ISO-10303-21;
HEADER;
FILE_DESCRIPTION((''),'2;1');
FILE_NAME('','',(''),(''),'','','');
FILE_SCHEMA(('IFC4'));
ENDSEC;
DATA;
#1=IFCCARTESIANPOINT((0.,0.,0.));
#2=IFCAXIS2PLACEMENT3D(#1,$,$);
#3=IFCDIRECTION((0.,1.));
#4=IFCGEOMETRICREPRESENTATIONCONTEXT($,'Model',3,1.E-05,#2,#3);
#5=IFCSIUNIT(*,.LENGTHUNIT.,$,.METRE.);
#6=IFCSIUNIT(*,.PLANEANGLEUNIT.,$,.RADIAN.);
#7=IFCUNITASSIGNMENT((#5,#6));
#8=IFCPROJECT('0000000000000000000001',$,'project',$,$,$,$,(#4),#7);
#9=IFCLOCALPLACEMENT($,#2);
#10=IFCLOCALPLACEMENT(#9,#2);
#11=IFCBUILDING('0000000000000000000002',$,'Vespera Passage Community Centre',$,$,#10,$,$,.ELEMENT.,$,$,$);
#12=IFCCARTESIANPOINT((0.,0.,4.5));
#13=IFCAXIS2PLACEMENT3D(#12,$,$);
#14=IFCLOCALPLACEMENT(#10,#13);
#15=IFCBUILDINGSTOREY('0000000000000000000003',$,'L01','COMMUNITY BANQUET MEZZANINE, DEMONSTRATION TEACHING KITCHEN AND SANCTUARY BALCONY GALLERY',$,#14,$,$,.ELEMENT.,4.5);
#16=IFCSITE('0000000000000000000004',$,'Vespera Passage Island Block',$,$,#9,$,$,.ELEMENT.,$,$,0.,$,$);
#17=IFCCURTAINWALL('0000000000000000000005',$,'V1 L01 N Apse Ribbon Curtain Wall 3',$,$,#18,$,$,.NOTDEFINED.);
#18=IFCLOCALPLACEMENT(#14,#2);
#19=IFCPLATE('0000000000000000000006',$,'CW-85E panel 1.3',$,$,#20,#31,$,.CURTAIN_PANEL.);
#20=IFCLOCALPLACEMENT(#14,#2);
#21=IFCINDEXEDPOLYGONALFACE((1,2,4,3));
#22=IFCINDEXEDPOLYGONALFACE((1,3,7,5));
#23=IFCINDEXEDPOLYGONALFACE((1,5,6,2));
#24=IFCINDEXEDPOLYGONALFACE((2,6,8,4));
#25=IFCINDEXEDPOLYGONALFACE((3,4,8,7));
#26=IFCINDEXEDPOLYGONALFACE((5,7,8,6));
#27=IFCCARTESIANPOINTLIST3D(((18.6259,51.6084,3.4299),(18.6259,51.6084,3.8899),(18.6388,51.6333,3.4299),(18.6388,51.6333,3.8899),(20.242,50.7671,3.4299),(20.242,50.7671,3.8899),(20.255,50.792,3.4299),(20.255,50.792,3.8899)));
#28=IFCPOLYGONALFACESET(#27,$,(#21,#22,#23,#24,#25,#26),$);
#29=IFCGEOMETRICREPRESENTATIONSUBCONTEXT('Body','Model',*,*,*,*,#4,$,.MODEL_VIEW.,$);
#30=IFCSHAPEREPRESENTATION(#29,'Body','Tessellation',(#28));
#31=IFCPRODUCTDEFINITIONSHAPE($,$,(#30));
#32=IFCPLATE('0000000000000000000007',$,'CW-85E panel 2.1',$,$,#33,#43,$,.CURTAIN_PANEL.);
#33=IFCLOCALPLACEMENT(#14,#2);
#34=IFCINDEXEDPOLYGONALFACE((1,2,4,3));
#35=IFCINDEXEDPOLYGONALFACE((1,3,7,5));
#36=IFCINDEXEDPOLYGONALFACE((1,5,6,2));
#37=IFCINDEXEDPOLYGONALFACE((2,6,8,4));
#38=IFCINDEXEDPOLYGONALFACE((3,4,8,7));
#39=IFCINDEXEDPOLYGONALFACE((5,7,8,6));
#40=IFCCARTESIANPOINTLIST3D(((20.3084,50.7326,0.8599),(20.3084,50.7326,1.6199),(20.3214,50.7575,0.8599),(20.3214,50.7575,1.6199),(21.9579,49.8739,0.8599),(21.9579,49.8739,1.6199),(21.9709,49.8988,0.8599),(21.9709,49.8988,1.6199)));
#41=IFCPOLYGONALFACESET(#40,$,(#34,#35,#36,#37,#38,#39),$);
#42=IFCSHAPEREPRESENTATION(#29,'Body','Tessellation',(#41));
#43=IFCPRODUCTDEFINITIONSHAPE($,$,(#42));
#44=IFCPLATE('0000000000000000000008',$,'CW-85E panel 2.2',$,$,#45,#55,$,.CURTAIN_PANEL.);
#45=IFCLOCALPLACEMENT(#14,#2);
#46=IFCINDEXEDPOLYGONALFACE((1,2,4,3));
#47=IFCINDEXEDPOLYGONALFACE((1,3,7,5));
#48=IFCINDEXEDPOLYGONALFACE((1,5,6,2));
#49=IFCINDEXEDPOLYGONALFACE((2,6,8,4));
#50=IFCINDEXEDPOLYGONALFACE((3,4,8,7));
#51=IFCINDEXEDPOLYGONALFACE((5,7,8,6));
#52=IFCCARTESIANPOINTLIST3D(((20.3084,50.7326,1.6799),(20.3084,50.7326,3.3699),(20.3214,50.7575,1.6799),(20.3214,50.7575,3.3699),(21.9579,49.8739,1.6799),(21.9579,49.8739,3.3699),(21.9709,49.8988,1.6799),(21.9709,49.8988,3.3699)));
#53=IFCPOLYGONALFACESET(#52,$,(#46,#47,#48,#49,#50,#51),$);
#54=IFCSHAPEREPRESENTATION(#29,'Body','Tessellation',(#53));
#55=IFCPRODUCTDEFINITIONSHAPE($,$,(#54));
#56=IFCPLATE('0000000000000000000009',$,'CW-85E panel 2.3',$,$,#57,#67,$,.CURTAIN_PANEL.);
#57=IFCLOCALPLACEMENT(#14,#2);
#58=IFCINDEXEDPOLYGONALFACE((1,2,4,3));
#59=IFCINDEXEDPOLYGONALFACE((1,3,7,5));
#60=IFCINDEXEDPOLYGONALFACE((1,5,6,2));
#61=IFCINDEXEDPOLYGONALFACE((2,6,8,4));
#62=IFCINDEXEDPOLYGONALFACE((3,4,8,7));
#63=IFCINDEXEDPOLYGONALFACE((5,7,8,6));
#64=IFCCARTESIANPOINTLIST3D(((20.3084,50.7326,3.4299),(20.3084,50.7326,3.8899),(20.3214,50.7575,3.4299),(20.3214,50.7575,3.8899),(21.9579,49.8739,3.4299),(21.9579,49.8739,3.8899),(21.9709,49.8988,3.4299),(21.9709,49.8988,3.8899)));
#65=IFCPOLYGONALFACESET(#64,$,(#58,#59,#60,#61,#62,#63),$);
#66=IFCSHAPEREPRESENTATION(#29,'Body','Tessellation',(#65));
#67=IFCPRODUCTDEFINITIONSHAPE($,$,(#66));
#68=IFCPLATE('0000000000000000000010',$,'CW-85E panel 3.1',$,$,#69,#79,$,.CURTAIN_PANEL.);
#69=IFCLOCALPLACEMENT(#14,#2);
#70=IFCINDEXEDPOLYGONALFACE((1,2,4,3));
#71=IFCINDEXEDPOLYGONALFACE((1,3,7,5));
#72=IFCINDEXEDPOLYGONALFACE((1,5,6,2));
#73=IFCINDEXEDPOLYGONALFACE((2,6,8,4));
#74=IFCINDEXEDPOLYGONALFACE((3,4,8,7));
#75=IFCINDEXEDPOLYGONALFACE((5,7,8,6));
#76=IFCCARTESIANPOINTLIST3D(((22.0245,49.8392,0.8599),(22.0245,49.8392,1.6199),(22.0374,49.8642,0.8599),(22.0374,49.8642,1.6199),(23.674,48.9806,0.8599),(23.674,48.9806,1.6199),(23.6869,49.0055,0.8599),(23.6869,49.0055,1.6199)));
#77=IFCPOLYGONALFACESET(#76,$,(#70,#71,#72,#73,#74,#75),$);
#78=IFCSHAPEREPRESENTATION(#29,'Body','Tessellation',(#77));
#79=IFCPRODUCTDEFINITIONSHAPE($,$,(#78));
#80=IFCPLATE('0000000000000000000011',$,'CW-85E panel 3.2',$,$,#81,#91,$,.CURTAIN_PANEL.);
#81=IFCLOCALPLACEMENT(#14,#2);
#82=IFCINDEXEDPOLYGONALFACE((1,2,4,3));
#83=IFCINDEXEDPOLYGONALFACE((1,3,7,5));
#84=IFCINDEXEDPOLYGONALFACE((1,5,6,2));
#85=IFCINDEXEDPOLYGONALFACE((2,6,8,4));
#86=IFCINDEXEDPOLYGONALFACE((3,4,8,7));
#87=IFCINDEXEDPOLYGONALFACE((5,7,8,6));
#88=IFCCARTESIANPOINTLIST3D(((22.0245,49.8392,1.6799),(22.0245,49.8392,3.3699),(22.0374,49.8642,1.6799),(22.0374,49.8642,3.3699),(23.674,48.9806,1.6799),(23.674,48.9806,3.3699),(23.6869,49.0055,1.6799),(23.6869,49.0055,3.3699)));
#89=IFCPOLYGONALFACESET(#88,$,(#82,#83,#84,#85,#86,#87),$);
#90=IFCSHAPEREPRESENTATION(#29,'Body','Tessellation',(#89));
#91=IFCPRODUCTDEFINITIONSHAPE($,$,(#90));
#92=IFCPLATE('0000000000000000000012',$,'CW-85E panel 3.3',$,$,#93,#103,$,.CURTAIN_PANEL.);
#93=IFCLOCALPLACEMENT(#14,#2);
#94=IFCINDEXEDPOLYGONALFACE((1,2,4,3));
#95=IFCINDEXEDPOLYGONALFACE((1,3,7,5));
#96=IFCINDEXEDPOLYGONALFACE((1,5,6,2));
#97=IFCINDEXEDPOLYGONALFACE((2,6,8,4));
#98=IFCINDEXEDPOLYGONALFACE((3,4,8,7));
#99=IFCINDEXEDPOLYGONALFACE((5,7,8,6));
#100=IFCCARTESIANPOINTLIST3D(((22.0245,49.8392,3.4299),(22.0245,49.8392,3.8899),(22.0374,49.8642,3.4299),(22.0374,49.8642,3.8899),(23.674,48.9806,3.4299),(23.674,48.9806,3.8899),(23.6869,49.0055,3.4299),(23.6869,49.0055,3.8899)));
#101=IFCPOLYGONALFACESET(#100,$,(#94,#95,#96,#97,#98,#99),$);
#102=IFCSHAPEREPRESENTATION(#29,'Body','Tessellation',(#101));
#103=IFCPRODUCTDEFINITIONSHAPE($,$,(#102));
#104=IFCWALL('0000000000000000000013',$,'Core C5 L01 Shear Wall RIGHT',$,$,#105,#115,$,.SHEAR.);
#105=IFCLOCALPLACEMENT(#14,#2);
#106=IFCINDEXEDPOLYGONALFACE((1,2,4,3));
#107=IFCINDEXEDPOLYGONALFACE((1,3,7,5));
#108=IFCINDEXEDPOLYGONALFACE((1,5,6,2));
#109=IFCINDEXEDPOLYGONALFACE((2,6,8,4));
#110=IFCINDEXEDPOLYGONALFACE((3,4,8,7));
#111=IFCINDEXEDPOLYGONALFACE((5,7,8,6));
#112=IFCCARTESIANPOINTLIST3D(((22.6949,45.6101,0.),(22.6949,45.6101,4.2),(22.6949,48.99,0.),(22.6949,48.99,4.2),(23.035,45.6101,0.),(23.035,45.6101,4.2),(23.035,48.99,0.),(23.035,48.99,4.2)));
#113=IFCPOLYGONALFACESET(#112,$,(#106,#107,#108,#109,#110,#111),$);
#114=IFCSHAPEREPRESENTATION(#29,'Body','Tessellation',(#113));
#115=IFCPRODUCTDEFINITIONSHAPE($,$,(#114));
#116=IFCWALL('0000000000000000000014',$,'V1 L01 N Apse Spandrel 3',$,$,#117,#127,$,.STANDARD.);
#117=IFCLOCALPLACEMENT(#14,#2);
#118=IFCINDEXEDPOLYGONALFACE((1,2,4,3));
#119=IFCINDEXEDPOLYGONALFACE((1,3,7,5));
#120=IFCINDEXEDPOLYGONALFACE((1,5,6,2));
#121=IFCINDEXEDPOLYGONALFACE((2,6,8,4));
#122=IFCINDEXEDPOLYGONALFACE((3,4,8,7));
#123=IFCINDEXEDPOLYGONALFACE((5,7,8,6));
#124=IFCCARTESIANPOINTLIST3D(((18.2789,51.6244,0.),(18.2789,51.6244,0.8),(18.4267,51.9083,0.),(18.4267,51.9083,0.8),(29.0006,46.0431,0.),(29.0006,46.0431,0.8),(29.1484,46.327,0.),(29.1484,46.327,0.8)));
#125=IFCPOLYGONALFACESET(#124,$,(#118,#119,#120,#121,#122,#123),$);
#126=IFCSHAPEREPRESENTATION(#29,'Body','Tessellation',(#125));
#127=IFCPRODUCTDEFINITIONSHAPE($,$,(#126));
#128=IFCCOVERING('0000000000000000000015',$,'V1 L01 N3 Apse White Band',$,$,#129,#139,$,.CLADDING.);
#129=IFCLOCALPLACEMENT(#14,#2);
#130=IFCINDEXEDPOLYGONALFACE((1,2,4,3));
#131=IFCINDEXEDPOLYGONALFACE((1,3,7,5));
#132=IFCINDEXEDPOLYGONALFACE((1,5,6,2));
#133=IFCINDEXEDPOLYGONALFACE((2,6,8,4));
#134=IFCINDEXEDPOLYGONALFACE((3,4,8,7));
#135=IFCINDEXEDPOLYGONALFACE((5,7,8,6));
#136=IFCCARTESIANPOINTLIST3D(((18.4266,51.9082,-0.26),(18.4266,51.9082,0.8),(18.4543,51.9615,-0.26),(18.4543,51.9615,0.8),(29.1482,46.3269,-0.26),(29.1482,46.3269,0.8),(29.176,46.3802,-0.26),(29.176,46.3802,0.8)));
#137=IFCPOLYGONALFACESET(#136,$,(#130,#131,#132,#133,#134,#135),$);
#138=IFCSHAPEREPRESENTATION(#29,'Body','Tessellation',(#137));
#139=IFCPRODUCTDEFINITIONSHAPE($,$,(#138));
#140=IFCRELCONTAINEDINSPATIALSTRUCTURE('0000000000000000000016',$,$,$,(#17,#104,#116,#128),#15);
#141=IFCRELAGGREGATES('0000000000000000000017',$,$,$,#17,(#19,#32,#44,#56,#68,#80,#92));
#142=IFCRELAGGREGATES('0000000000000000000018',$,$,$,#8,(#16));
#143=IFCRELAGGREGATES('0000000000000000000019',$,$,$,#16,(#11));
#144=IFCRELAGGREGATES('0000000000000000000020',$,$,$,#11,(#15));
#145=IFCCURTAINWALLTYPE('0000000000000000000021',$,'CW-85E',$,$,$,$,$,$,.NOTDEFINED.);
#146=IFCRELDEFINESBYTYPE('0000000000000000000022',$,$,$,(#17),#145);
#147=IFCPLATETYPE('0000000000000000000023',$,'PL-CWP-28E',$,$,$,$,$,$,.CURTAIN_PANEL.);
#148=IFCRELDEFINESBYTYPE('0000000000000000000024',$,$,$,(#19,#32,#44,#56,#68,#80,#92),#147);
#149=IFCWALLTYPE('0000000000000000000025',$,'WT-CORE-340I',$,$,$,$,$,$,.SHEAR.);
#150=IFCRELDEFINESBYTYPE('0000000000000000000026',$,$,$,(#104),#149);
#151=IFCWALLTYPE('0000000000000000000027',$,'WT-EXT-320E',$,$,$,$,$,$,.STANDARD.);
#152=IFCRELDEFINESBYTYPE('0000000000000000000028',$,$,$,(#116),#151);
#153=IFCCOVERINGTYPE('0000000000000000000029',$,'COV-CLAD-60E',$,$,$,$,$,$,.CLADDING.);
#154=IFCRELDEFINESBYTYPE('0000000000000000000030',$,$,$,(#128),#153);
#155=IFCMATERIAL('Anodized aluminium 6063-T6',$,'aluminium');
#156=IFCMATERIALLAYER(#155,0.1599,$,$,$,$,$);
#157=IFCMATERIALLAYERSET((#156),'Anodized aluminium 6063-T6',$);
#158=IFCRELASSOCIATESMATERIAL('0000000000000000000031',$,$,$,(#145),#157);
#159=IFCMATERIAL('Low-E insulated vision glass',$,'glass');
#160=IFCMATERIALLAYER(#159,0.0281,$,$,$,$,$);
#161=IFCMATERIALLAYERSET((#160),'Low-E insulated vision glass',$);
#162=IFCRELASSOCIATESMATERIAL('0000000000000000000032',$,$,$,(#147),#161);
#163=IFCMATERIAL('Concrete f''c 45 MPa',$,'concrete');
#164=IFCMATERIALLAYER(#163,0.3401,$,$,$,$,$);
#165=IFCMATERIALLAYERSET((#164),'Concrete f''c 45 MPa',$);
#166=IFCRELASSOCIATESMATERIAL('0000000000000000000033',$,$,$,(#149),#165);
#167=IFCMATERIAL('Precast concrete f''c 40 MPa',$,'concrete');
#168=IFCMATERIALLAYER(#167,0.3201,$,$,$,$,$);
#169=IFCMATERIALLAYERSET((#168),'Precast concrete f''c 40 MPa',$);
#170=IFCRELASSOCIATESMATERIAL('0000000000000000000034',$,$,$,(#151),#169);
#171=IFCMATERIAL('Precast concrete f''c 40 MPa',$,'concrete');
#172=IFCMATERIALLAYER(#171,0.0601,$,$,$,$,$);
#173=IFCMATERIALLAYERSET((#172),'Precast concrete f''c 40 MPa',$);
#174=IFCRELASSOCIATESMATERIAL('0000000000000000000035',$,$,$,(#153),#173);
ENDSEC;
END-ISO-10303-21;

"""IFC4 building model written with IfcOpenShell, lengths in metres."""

from ifc_helpers import new_model, si_unit, direction, frame, frame_2d, origin, origin_2d, place, context, subcontext, project, spatial, rectangle, extrude, material, layer, layer_set, type_object, element, aggregate, save


model = new_model("IFC4")

# Units and contexts
model_context = context("Model", 3, precision=1e-05, world=origin(), true_north=direction((0.0, 1.0)))
body_context = subcontext(model_context, "Body", "Model", "MODEL_VIEW")
ifc_project = project(units=[si_unit("LENGTHUNIT", "METRE"), si_unit("PLANEANGLEUNIT", "RADIAN")], contexts=[model_context])

# Site, building, storey
site_placement = place(None, origin())
site = spatial("IfcSite", under=ifc_project, at=site_placement, Name="Vespera Passage Island Block", CompositionType="ELEMENT", RefElevation=0.0)
building_placement = place(site_placement, origin())
building = spatial("IfcBuilding", under=site, at=building_placement, Name="Vespera Passage Community Centre", CompositionType="ELEMENT")
storey_placement = place(building_placement, frame((0.0, 0.0, 4.5)))
storey = spatial("IfcBuildingStorey", under=building, at=storey_placement, Name="L01", Description="COMMUNITY BANQUET MEZZANINE, DEMONSTRATION TEACHING KITCHEN AND SANCTUARY BALCONY GALLERY", CompositionType="ELEMENT", Elevation=4.5)

# Shared definitions
ifc_material_1 = material(Name="Anodized aluminium 6063-T6", Category="aluminium")
ifc_layer_1 = layer(ifc_material_1, 0.1599)
ifc_layer_set_1 = layer_set([ifc_layer_1], Name="Anodized aluminium 6063-T6")
curtain_wall_type = type_object("IfcCurtainWallType", Name="CW-85E", PredefinedType="NOTDEFINED", material=ifc_layer_set_1)

# Curtain wall
curtain_wall_1_placement = place(storey_placement, origin())
curtain_wall_1 = element("IfcCurtainWall", 1, at=curtain_wall_1_placement, inside=storey, type_object=curtain_wall_type, Name="V1 L01 N Apse Ribbon Curtain Wall 3", PredefinedType="NOTDEFINED")

# Plates
ifc_material_2 = material(Name="Low-E insulated vision glass", Category="glass")
ifc_layer_2 = layer(ifc_material_2, 0.0281)
ifc_layer_set_2 = layer_set([ifc_layer_2], Name="Low-E insulated vision glass")
plate_type = type_object("IfcPlateType", Name="PL-CWP-28E", PredefinedType="CURTAIN_PANEL", material=ifc_layer_set_2)
plate_1_placement = place(storey_placement, frame((19.4404, 51.2002, 3.4299), z_axis=(0.0, 0.0, 1.0), x_axis=(0.887013, -0.461745, 0.0)))
plate_1 = element("IfcPlate", 2, at=plate_1_placement, type_object=plate_type, Name="CW-85E panel 1.3", PredefinedType="CURTAIN_PANEL", context=body_context, shape_type="SweptSolid", body=[
    extrude(rectangle(XDim=1.822, YDim=0.0281, at=origin_2d()), origin(), (0.0, 0.0, 1.0), 0.46),
])
plate_2_placement = place(storey_placement, frame((21.1396, 50.3157, 0.8599), z_axis=(0.0, 0.0, 1.0), x_axis=(0.887013, -0.461745, 0.0)))
plate_2 = element("IfcPlate", 3, at=plate_2_placement, type_object=plate_type, Name="CW-85E panel 2.1", PredefinedType="CURTAIN_PANEL", context=body_context, shape_type="SweptSolid", body=[
    extrude(rectangle(XDim=1.8596, YDim=0.0281, at=origin_2d()), origin(), (0.0, 0.0, 1.0), 0.76),
])
plate_3_placement = place(storey_placement, frame((21.1396, 50.3157, 1.6799), z_axis=(0.0, 0.0, 1.0), x_axis=(0.887013, -0.461745, 0.0)))
plate_3 = element("IfcPlate", 4, at=plate_3_placement, type_object=plate_type, Name="CW-85E panel 2.2", PredefinedType="CURTAIN_PANEL", context=body_context, shape_type="SweptSolid", body=[
    extrude(rectangle(XDim=1.8596, YDim=0.0281, at=origin_2d()), origin(), (0.0, 0.0, 1.0), 1.6899),
])
plate_4_placement = place(storey_placement, frame((21.1396, 50.3157, 3.4299), z_axis=(0.0, 0.0, 1.0), x_axis=(0.887013, -0.461745, 0.0)))
plate_4 = element("IfcPlate", 5, at=plate_4_placement, type_object=plate_type, Name="CW-85E panel 2.3", PredefinedType="CURTAIN_PANEL", context=body_context, shape_type="SweptSolid", body=[
    extrude(rectangle(XDim=1.8596, YDim=0.0281, at=origin_2d()), origin(), (0.0, 0.0, 1.0), 0.46),
])
plate_5_placement = place(storey_placement, frame((22.8557, 49.4224, 0.8599), z_axis=(0.0, 0.0, 1.0), x_axis=(0.887013, -0.461745, 0.0)))
plate_5 = element("IfcPlate", 6, at=plate_5_placement, type_object=plate_type, Name="CW-85E panel 3.1", PredefinedType="CURTAIN_PANEL", context=body_context, shape_type="SweptSolid", body=[
    extrude(rectangle(XDim=1.8596, YDim=0.0281, at=origin_2d()), origin(), (0.0, 0.0, 1.0), 0.76),
])
plate_6_placement = place(storey_placement, frame((22.8557, 49.4224, 1.6799), z_axis=(0.0, 0.0, 1.0), x_axis=(0.887013, -0.461745, 0.0)))
plate_6 = element("IfcPlate", 7, at=plate_6_placement, type_object=plate_type, Name="CW-85E panel 3.2", PredefinedType="CURTAIN_PANEL", context=body_context, shape_type="SweptSolid", body=[
    extrude(rectangle(XDim=1.8596, YDim=0.0281, at=origin_2d()), origin(), (0.0, 0.0, 1.0), 1.6899),
])
plate_7_placement = place(storey_placement, frame((22.8557, 49.4224, 3.4299), z_axis=(0.0, 0.0, 1.0), x_axis=(0.887013, -0.461745, 0.0)))
plate_7 = element("IfcPlate", 8, at=plate_7_placement, type_object=plate_type, Name="CW-85E panel 3.3", PredefinedType="CURTAIN_PANEL", context=body_context, shape_type="SweptSolid", body=[
    extrude(rectangle(XDim=1.8596, YDim=0.0281, at=origin_2d()), origin(), (0.0, 0.0, 1.0), 0.46),
])
aggregate(curtain_wall_1, [plate_1, plate_2, plate_3, plate_4, plate_5, plate_6, plate_7])

# Walls
ifc_material_3 = material(Name="Concrete f'c 45 MPa", Category="concrete")
ifc_layer_3 = layer(ifc_material_3, 0.3401)
ifc_layer_set_3 = layer_set([ifc_layer_3], Name="Concrete f'c 45 MPa")
wall_type_1 = type_object("IfcWallType", Name="WT-CORE-340I", PredefinedType="SHEAR", material=ifc_layer_set_3)
wall_1_placement = place(storey_placement, frame((22.865, 48.99, 0.0), z_axis=(0.0, 0.0, 1.0), x_axis=(0.0, -1.0, 0.0)))
element("IfcWall", 9, at=wall_1_placement, inside=storey, type_object=wall_type_1, Name="Core C5 L01 Shear Wall RIGHT", PredefinedType="SHEAR", context=body_context, shape_type="SweptSolid", body=[
    extrude(rectangle(XDim=3.3799, YDim=0.3401, at=frame_2d((1.6899, 0.0))), origin(), (0.0, 0.0, 1.0), 4.2),
])
ifc_material_4 = material(Name="Precast concrete f'c 40 MPa", Category="concrete")
ifc_layer_4 = layer(ifc_material_4, 0.3201)
ifc_layer_set_4 = layer_set([ifc_layer_4], Name="Precast concrete f'c 40 MPa")
wall_type_2 = type_object("IfcWallType", Name="WT-EXT-320E", PredefinedType="STANDARD", material=ifc_layer_set_4)
wall_2_placement = place(storey_placement, frame((18.3528, 51.7664, 0.0), z_axis=(0.0, 0.0, 1.0), x_axis=(0.887013, -0.461745, 0.0)))
element("IfcWall", 10, at=wall_2_placement, inside=storey, type_object=wall_type_2, Name="V1 L01 N Apse Spandrel 3", PredefinedType="STANDARD", context=body_context, shape_type="SweptSolid", body=[
    extrude(rectangle(XDim=12.0874, YDim=0.3201, at=frame_2d((6.0437, 0.0))), origin(), (0.0, 0.0, 1.0), 0.8),
])

# Covering
ifc_material_5 = material(Name="Precast concrete f'c 40 MPa", Category="concrete")
ifc_layer_5 = layer(ifc_material_5, 0.0601)
ifc_layer_set_5 = layer_set([ifc_layer_5], Name="Precast concrete f'c 40 MPa")
covering_type = type_object("IfcCoveringType", Name="COV-CLAD-60E", PredefinedType="CLADDING", material=ifc_layer_set_5)
covering_placement = place(storey_placement, frame((18.4404, 51.9348, -0.26), z_axis=(0.0, 0.0, 1.0), x_axis=(0.887013, -0.461745, 0.0)))
element("IfcCovering", 11, at=covering_placement, inside=storey, type_object=covering_type, Name="V1 L01 N3 Apse White Band", PredefinedType="CLADDING", context=body_context, shape_type="SweptSolid", body=[
    extrude(rectangle(XDim=12.0874, YDim=0.0601, at=frame_2d((6.0437, 0.0))), origin(), (0.0, 0.0, 1.0), 1.0601),
])

save(model, "model.ifc")
